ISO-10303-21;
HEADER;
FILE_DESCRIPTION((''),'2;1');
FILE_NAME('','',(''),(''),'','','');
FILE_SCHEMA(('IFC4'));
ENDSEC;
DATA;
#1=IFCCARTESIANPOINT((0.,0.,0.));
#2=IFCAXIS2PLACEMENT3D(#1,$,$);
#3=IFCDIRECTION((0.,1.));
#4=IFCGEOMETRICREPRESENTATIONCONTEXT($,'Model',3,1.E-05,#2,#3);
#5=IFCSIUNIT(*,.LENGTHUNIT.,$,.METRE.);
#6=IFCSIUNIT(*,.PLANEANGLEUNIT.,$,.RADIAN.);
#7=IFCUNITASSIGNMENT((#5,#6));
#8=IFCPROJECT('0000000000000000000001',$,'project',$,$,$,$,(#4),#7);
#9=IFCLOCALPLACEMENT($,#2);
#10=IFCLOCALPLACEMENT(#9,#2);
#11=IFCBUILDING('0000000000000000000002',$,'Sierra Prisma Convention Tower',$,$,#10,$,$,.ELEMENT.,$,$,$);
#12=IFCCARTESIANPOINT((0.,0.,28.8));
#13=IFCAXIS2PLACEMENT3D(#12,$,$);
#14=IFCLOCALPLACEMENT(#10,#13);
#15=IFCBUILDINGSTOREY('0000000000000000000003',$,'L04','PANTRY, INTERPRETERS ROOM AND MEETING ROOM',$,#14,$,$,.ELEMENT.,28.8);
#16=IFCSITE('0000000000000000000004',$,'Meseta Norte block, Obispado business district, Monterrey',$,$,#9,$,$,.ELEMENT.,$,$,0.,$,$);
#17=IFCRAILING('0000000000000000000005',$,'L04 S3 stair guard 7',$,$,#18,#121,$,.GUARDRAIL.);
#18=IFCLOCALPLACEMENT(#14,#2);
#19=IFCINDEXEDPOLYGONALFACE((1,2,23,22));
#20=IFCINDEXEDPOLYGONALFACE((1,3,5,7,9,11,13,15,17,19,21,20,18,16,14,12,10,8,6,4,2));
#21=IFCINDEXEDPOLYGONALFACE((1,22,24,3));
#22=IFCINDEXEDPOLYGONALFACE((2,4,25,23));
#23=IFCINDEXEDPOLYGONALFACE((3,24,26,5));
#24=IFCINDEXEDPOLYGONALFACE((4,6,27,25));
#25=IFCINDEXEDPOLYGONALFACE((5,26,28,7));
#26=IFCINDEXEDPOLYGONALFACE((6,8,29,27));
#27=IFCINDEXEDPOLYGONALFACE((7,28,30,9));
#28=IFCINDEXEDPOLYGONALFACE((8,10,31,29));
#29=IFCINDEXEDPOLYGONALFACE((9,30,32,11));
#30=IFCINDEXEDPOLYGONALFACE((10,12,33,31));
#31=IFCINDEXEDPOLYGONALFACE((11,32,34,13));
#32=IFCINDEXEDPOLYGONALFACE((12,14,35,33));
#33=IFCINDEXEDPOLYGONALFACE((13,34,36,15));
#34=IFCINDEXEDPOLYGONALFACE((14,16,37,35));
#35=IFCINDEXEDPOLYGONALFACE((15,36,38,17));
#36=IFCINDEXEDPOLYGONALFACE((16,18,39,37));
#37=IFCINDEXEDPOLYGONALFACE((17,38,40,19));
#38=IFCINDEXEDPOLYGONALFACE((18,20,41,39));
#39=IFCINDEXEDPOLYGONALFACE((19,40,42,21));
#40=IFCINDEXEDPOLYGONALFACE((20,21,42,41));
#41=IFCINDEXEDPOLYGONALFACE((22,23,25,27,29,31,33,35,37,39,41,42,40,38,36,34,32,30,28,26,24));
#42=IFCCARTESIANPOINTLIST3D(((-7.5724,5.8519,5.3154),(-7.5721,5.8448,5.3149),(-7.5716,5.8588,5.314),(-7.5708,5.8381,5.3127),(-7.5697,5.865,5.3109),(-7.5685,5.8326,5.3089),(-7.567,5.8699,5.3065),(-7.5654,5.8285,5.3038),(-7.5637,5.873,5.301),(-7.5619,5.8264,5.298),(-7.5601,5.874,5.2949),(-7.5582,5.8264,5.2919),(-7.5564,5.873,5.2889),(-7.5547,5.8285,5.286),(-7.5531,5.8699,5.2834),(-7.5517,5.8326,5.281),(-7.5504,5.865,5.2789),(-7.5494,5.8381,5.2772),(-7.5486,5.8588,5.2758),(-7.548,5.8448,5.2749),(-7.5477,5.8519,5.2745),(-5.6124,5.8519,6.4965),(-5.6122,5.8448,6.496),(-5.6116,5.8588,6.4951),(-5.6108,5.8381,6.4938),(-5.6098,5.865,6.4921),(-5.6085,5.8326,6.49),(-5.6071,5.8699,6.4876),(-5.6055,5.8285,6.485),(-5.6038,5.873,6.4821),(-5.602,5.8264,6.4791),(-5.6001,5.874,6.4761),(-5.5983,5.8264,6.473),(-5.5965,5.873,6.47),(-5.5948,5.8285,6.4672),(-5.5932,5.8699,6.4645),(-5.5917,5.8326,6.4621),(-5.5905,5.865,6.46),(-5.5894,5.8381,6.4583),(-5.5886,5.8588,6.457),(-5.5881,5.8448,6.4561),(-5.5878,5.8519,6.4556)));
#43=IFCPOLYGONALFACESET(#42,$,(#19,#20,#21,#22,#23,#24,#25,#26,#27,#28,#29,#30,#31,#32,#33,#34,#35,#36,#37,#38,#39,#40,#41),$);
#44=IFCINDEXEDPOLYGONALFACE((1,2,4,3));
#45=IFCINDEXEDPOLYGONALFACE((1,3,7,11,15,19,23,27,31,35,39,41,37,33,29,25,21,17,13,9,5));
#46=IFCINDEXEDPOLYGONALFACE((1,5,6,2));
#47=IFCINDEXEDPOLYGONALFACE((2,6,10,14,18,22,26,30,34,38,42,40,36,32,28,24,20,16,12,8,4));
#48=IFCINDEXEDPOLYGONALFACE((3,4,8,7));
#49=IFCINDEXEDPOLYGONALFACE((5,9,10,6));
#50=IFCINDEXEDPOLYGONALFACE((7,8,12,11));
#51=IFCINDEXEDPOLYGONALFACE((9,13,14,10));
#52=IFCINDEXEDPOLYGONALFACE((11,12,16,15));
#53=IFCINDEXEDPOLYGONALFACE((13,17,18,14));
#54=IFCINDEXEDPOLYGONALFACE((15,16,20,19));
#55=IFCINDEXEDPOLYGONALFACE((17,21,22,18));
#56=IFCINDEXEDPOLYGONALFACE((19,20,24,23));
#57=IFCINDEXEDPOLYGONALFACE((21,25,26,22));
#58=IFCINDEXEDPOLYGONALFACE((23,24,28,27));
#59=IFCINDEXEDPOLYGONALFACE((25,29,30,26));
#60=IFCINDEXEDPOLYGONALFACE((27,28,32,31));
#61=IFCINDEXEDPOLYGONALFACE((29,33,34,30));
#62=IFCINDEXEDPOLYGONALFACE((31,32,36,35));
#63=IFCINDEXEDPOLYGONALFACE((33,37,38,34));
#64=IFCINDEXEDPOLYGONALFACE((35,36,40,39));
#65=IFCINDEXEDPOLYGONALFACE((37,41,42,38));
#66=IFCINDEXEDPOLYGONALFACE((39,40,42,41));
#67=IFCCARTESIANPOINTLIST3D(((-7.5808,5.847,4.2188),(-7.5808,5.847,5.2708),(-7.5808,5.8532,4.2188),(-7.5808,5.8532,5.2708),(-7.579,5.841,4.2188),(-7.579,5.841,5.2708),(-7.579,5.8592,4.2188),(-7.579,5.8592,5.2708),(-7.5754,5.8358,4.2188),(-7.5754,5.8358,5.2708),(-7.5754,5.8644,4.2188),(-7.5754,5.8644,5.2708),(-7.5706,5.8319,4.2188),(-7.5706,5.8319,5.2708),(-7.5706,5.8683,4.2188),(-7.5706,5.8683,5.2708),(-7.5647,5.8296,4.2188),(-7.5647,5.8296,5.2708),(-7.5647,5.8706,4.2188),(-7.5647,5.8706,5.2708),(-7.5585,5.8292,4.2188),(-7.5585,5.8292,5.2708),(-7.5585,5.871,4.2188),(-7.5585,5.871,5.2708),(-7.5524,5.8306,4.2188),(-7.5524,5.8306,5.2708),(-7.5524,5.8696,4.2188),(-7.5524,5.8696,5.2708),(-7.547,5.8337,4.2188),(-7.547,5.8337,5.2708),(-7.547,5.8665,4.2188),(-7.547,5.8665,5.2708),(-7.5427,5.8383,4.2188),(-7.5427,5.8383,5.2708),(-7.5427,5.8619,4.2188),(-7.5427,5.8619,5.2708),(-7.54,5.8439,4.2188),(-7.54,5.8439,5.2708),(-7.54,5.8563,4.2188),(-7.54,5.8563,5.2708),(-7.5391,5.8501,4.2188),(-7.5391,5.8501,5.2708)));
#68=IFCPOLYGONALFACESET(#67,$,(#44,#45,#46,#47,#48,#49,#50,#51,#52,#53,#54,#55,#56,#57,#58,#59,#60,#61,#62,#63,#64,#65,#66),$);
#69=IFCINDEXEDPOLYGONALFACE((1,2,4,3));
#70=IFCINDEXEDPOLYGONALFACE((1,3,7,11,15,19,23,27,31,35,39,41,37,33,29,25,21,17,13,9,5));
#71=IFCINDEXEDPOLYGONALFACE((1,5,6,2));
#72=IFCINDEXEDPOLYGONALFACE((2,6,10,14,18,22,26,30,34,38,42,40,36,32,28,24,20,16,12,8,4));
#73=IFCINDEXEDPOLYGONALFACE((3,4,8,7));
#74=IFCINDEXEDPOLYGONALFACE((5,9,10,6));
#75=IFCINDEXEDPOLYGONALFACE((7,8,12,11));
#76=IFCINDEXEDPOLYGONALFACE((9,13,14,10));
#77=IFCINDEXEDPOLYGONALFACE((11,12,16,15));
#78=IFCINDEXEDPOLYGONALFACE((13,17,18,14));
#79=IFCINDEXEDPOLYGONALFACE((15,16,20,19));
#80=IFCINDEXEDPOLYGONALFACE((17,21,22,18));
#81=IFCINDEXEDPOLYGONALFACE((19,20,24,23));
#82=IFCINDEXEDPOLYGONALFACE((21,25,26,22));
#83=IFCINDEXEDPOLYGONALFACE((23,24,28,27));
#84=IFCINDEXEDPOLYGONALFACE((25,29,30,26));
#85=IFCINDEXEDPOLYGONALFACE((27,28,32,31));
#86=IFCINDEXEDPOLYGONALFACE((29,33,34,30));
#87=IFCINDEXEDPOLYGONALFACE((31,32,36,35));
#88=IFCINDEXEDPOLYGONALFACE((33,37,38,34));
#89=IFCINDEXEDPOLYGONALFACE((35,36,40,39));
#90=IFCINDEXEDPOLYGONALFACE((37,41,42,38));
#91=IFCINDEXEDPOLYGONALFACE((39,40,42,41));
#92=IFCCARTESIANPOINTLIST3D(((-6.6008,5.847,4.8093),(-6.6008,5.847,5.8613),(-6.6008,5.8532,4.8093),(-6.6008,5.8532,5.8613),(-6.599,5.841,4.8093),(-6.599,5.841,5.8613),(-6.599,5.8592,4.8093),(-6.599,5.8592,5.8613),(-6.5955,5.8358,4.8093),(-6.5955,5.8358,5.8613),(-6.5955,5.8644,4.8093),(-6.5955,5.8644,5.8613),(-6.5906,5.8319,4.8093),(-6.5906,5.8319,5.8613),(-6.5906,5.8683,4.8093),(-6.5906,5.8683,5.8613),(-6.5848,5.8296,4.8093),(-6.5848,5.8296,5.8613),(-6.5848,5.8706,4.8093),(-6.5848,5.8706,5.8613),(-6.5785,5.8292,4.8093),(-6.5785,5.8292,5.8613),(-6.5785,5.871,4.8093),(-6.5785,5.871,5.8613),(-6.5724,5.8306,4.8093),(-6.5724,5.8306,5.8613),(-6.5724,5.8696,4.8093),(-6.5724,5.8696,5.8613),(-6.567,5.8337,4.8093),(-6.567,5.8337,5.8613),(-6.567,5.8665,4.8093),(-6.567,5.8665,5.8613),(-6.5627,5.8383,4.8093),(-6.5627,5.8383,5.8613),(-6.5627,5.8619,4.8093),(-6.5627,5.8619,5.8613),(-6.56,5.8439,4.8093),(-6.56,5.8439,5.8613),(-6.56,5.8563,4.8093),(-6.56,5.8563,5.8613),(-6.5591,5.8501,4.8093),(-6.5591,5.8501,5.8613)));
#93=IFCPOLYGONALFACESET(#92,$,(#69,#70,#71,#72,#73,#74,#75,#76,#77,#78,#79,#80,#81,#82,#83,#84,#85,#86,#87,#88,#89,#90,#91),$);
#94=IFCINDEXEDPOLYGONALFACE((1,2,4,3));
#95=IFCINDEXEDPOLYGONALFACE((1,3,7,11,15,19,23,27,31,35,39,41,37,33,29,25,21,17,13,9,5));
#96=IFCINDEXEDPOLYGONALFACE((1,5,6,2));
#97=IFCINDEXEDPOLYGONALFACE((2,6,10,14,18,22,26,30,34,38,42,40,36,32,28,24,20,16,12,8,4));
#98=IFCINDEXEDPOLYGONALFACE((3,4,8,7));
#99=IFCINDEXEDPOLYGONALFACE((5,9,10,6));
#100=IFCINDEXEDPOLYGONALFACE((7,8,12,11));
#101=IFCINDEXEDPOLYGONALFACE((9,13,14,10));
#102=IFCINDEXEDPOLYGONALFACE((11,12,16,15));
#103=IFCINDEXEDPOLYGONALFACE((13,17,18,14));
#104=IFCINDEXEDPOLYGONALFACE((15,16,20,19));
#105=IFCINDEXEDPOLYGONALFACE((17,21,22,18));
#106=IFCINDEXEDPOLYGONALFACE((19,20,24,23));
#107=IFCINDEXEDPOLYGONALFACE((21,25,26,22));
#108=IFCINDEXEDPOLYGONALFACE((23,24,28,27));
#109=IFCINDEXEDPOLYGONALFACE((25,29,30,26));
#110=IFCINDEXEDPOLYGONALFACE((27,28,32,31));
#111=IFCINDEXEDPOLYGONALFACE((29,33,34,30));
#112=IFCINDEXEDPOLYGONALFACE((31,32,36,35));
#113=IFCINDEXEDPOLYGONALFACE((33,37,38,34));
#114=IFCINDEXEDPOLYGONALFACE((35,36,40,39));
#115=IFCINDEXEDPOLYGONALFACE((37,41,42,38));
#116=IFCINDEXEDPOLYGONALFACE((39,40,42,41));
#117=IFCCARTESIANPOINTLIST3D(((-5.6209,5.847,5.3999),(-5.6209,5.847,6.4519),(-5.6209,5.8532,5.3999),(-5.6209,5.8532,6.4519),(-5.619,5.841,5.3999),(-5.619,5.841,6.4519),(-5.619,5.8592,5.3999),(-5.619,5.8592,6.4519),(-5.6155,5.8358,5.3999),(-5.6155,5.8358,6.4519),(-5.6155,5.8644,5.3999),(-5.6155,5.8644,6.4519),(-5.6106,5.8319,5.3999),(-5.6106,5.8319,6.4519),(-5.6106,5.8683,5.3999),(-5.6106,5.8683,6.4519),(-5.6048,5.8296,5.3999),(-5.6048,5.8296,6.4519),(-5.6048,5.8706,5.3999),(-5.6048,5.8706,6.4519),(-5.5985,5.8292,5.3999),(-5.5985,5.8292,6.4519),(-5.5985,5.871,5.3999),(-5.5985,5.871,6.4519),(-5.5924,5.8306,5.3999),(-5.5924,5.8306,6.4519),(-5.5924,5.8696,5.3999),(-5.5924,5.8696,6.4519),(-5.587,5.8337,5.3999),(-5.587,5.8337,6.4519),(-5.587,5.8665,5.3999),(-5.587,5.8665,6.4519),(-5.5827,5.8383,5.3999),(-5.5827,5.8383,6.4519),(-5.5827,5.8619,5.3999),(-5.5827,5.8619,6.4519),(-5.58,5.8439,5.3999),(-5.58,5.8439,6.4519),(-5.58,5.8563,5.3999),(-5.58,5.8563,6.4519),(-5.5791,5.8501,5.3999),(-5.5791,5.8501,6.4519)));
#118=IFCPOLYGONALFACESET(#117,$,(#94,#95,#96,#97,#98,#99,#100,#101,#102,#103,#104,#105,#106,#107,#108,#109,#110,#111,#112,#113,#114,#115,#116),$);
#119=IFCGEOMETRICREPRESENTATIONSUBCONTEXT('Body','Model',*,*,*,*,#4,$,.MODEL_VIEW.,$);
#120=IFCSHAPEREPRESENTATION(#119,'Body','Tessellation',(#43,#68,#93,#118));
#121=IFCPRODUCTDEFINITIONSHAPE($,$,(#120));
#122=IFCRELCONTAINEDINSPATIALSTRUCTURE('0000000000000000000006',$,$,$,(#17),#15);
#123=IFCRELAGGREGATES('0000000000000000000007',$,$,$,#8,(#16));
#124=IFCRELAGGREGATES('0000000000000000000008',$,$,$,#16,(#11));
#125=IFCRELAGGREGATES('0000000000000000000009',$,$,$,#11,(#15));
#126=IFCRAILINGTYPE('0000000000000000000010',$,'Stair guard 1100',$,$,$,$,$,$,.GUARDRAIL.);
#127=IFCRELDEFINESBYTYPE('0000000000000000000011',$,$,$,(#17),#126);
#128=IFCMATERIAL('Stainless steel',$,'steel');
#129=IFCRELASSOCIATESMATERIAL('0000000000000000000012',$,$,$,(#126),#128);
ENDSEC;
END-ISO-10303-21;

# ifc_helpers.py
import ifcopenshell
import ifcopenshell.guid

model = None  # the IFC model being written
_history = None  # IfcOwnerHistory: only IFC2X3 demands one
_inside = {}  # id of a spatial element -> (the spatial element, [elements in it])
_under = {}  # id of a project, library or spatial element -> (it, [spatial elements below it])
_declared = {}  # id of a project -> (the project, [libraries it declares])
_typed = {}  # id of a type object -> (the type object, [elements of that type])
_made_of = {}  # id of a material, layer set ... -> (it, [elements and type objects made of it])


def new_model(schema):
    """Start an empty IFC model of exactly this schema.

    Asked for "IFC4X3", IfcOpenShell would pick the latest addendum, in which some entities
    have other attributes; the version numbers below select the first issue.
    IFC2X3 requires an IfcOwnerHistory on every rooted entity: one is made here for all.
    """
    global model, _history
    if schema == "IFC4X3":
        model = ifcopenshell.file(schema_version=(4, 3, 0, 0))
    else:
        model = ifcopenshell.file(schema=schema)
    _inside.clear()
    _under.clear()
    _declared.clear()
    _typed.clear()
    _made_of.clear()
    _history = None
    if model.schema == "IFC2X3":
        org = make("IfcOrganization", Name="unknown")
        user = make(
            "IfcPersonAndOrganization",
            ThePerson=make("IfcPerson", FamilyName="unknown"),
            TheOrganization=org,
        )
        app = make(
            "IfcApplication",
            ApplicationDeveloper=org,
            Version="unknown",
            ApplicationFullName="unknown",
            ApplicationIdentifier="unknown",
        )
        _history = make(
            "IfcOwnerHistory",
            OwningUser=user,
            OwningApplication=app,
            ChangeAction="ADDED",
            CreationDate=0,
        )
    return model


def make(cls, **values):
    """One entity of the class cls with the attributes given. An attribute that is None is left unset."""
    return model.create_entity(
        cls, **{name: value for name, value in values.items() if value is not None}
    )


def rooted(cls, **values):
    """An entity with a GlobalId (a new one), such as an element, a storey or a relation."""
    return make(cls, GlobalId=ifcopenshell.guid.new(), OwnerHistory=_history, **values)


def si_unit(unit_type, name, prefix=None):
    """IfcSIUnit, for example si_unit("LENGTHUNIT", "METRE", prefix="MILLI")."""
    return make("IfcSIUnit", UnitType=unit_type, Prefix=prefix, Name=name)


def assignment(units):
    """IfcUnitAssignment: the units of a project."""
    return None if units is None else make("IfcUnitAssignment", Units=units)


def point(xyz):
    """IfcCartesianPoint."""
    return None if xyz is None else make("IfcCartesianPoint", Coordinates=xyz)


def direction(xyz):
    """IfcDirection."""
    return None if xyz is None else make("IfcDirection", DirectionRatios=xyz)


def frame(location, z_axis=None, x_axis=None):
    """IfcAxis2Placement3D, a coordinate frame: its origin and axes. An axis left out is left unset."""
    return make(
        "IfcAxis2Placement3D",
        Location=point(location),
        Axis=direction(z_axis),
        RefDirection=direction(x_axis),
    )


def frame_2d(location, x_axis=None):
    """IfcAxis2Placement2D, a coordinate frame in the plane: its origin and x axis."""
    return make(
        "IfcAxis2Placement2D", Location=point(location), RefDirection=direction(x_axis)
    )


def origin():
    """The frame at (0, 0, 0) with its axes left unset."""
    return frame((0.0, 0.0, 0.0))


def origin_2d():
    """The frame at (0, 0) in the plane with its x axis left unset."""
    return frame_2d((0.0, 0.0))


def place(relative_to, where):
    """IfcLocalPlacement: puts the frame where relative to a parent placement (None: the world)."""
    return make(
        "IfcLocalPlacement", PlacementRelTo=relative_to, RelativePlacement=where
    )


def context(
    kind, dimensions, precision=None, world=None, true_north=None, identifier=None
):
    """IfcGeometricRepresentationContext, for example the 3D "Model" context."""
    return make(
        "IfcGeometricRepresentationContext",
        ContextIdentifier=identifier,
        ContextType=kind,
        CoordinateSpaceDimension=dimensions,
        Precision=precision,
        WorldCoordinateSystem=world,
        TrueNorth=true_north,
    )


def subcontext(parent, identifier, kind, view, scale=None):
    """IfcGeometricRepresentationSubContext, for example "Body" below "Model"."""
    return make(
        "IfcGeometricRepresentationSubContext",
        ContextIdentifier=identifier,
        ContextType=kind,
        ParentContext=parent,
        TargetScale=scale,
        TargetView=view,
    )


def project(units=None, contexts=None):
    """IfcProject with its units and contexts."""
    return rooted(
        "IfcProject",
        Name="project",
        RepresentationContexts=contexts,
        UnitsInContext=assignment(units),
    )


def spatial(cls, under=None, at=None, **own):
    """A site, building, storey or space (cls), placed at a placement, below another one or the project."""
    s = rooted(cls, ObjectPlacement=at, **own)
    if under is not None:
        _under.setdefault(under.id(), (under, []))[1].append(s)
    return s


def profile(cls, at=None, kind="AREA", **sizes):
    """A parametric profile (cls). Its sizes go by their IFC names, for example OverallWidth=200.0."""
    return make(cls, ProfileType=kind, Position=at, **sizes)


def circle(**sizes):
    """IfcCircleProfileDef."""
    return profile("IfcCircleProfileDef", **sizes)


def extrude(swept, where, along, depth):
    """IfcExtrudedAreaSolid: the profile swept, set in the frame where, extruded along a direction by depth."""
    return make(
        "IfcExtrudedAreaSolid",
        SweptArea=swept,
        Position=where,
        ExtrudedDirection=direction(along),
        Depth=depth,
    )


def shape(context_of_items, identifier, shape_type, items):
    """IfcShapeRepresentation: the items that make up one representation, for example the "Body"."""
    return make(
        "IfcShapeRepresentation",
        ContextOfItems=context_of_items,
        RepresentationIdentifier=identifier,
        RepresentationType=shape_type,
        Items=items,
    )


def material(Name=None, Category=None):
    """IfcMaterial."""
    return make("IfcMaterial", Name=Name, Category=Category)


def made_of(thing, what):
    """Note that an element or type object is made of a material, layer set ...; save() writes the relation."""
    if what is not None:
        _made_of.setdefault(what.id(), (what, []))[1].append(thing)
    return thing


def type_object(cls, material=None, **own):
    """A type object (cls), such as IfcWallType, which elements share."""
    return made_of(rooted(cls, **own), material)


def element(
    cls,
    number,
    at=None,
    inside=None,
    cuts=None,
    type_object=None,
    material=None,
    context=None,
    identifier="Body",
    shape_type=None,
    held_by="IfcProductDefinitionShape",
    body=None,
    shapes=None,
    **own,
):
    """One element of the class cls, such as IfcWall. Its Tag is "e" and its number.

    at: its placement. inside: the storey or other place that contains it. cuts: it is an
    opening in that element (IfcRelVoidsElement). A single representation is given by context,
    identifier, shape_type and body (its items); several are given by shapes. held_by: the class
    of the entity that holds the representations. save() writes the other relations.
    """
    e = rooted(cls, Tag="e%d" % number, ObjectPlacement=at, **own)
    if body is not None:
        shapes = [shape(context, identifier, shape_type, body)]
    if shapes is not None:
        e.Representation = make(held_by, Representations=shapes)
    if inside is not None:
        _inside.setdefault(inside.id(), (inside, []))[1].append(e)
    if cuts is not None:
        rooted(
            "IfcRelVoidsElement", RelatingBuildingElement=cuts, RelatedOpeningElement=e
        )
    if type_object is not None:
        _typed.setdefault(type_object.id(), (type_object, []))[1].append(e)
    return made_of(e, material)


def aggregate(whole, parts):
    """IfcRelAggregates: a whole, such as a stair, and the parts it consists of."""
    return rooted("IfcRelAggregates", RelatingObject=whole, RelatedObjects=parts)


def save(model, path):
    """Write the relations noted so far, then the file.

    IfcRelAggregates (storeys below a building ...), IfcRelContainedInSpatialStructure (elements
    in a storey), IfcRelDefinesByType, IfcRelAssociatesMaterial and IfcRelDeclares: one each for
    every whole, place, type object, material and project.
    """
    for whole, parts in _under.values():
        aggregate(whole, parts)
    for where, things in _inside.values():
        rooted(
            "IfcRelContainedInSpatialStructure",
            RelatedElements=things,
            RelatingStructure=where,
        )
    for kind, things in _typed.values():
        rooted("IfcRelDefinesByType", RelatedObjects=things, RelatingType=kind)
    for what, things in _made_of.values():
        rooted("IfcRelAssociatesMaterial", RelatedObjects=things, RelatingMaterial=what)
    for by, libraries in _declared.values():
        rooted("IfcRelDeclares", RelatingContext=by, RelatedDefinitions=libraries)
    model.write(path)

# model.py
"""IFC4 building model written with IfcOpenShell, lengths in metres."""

from ifc_helpers import new_model, si_unit, direction, frame, origin, origin_2d, place, context, subcontext, project, spatial, circle, extrude, material, type_object, element, save


model = new_model("IFC4")

# Units and contexts
model_context = context("Model", 3, precision=1e-05, world=origin(), true_north=direction((0.0, 1.0)))
body_context = subcontext(model_context, "Body", "Model", "MODEL_VIEW")
ifc_project = project(units=[si_unit("LENGTHUNIT", "METRE"), si_unit("PLANEANGLEUNIT", "RADIAN")], contexts=[model_context])

# Site, building, storey
site_placement = place(None, origin())
site = spatial("IfcSite", under=ifc_project, at=site_placement, Name="Meseta Norte block, Obispado business district, Monterrey", CompositionType="ELEMENT", RefElevation=0.0)
building_placement = place(site_placement, origin())
building = spatial("IfcBuilding", under=site, at=building_placement, Name="Sierra Prisma Convention Tower", CompositionType="ELEMENT")
storey_placement = place(building_placement, frame((0.0, 0.0, 28.8)))
storey = spatial("IfcBuildingStorey", under=building, at=storey_placement, Name="L04", Description="PANTRY, INTERPRETERS ROOM AND MEETING ROOM", CompositionType="ELEMENT", Elevation=28.8)

# Railing
ifc_material_1 = material(Name="Stainless steel", Category="steel")
railing_type_1 = type_object("IfcRailingType", Name="Stair guard 1100", PredefinedType="GUARDRAIL", material=ifc_material_1)
railing_1_placement = place(storey_placement, frame((-7.5601, 5.8501, 4.2188)))
element("IfcRailing", 1, at=railing_1_placement, inside=storey, type_object=railing_type_1, Name="L04 S3 stair guard 7", PredefinedType="GUARDRAIL", context=body_context, shape_type="SweptSolid", body=[
    extrude(circle(Radius=0.0239, at=origin_2d()), frame((0.0, 0.0, 1.0762), z_axis=(0.856493, 0.0, 0.516158), x_axis=(0.0, 1.0, 0.0)), (0.0, 0.0, 1.0), 2.2883),
    extrude(circle(Radius=0.021, at=origin_2d()), origin(), (0.0, 0.0, 1.0), 1.052),
    extrude(circle(Radius=0.021, at=origin_2d()), frame((0.98, 0.0, 0.5906)), (0.0, 0.0, 1.0), 1.052),
    extrude(circle(Radius=0.021, at=origin_2d()), frame((1.96, 0.0, 1.1812)), (0.0, 0.0, 1.0), 1.052),
])

save(model, "model.ifc")
